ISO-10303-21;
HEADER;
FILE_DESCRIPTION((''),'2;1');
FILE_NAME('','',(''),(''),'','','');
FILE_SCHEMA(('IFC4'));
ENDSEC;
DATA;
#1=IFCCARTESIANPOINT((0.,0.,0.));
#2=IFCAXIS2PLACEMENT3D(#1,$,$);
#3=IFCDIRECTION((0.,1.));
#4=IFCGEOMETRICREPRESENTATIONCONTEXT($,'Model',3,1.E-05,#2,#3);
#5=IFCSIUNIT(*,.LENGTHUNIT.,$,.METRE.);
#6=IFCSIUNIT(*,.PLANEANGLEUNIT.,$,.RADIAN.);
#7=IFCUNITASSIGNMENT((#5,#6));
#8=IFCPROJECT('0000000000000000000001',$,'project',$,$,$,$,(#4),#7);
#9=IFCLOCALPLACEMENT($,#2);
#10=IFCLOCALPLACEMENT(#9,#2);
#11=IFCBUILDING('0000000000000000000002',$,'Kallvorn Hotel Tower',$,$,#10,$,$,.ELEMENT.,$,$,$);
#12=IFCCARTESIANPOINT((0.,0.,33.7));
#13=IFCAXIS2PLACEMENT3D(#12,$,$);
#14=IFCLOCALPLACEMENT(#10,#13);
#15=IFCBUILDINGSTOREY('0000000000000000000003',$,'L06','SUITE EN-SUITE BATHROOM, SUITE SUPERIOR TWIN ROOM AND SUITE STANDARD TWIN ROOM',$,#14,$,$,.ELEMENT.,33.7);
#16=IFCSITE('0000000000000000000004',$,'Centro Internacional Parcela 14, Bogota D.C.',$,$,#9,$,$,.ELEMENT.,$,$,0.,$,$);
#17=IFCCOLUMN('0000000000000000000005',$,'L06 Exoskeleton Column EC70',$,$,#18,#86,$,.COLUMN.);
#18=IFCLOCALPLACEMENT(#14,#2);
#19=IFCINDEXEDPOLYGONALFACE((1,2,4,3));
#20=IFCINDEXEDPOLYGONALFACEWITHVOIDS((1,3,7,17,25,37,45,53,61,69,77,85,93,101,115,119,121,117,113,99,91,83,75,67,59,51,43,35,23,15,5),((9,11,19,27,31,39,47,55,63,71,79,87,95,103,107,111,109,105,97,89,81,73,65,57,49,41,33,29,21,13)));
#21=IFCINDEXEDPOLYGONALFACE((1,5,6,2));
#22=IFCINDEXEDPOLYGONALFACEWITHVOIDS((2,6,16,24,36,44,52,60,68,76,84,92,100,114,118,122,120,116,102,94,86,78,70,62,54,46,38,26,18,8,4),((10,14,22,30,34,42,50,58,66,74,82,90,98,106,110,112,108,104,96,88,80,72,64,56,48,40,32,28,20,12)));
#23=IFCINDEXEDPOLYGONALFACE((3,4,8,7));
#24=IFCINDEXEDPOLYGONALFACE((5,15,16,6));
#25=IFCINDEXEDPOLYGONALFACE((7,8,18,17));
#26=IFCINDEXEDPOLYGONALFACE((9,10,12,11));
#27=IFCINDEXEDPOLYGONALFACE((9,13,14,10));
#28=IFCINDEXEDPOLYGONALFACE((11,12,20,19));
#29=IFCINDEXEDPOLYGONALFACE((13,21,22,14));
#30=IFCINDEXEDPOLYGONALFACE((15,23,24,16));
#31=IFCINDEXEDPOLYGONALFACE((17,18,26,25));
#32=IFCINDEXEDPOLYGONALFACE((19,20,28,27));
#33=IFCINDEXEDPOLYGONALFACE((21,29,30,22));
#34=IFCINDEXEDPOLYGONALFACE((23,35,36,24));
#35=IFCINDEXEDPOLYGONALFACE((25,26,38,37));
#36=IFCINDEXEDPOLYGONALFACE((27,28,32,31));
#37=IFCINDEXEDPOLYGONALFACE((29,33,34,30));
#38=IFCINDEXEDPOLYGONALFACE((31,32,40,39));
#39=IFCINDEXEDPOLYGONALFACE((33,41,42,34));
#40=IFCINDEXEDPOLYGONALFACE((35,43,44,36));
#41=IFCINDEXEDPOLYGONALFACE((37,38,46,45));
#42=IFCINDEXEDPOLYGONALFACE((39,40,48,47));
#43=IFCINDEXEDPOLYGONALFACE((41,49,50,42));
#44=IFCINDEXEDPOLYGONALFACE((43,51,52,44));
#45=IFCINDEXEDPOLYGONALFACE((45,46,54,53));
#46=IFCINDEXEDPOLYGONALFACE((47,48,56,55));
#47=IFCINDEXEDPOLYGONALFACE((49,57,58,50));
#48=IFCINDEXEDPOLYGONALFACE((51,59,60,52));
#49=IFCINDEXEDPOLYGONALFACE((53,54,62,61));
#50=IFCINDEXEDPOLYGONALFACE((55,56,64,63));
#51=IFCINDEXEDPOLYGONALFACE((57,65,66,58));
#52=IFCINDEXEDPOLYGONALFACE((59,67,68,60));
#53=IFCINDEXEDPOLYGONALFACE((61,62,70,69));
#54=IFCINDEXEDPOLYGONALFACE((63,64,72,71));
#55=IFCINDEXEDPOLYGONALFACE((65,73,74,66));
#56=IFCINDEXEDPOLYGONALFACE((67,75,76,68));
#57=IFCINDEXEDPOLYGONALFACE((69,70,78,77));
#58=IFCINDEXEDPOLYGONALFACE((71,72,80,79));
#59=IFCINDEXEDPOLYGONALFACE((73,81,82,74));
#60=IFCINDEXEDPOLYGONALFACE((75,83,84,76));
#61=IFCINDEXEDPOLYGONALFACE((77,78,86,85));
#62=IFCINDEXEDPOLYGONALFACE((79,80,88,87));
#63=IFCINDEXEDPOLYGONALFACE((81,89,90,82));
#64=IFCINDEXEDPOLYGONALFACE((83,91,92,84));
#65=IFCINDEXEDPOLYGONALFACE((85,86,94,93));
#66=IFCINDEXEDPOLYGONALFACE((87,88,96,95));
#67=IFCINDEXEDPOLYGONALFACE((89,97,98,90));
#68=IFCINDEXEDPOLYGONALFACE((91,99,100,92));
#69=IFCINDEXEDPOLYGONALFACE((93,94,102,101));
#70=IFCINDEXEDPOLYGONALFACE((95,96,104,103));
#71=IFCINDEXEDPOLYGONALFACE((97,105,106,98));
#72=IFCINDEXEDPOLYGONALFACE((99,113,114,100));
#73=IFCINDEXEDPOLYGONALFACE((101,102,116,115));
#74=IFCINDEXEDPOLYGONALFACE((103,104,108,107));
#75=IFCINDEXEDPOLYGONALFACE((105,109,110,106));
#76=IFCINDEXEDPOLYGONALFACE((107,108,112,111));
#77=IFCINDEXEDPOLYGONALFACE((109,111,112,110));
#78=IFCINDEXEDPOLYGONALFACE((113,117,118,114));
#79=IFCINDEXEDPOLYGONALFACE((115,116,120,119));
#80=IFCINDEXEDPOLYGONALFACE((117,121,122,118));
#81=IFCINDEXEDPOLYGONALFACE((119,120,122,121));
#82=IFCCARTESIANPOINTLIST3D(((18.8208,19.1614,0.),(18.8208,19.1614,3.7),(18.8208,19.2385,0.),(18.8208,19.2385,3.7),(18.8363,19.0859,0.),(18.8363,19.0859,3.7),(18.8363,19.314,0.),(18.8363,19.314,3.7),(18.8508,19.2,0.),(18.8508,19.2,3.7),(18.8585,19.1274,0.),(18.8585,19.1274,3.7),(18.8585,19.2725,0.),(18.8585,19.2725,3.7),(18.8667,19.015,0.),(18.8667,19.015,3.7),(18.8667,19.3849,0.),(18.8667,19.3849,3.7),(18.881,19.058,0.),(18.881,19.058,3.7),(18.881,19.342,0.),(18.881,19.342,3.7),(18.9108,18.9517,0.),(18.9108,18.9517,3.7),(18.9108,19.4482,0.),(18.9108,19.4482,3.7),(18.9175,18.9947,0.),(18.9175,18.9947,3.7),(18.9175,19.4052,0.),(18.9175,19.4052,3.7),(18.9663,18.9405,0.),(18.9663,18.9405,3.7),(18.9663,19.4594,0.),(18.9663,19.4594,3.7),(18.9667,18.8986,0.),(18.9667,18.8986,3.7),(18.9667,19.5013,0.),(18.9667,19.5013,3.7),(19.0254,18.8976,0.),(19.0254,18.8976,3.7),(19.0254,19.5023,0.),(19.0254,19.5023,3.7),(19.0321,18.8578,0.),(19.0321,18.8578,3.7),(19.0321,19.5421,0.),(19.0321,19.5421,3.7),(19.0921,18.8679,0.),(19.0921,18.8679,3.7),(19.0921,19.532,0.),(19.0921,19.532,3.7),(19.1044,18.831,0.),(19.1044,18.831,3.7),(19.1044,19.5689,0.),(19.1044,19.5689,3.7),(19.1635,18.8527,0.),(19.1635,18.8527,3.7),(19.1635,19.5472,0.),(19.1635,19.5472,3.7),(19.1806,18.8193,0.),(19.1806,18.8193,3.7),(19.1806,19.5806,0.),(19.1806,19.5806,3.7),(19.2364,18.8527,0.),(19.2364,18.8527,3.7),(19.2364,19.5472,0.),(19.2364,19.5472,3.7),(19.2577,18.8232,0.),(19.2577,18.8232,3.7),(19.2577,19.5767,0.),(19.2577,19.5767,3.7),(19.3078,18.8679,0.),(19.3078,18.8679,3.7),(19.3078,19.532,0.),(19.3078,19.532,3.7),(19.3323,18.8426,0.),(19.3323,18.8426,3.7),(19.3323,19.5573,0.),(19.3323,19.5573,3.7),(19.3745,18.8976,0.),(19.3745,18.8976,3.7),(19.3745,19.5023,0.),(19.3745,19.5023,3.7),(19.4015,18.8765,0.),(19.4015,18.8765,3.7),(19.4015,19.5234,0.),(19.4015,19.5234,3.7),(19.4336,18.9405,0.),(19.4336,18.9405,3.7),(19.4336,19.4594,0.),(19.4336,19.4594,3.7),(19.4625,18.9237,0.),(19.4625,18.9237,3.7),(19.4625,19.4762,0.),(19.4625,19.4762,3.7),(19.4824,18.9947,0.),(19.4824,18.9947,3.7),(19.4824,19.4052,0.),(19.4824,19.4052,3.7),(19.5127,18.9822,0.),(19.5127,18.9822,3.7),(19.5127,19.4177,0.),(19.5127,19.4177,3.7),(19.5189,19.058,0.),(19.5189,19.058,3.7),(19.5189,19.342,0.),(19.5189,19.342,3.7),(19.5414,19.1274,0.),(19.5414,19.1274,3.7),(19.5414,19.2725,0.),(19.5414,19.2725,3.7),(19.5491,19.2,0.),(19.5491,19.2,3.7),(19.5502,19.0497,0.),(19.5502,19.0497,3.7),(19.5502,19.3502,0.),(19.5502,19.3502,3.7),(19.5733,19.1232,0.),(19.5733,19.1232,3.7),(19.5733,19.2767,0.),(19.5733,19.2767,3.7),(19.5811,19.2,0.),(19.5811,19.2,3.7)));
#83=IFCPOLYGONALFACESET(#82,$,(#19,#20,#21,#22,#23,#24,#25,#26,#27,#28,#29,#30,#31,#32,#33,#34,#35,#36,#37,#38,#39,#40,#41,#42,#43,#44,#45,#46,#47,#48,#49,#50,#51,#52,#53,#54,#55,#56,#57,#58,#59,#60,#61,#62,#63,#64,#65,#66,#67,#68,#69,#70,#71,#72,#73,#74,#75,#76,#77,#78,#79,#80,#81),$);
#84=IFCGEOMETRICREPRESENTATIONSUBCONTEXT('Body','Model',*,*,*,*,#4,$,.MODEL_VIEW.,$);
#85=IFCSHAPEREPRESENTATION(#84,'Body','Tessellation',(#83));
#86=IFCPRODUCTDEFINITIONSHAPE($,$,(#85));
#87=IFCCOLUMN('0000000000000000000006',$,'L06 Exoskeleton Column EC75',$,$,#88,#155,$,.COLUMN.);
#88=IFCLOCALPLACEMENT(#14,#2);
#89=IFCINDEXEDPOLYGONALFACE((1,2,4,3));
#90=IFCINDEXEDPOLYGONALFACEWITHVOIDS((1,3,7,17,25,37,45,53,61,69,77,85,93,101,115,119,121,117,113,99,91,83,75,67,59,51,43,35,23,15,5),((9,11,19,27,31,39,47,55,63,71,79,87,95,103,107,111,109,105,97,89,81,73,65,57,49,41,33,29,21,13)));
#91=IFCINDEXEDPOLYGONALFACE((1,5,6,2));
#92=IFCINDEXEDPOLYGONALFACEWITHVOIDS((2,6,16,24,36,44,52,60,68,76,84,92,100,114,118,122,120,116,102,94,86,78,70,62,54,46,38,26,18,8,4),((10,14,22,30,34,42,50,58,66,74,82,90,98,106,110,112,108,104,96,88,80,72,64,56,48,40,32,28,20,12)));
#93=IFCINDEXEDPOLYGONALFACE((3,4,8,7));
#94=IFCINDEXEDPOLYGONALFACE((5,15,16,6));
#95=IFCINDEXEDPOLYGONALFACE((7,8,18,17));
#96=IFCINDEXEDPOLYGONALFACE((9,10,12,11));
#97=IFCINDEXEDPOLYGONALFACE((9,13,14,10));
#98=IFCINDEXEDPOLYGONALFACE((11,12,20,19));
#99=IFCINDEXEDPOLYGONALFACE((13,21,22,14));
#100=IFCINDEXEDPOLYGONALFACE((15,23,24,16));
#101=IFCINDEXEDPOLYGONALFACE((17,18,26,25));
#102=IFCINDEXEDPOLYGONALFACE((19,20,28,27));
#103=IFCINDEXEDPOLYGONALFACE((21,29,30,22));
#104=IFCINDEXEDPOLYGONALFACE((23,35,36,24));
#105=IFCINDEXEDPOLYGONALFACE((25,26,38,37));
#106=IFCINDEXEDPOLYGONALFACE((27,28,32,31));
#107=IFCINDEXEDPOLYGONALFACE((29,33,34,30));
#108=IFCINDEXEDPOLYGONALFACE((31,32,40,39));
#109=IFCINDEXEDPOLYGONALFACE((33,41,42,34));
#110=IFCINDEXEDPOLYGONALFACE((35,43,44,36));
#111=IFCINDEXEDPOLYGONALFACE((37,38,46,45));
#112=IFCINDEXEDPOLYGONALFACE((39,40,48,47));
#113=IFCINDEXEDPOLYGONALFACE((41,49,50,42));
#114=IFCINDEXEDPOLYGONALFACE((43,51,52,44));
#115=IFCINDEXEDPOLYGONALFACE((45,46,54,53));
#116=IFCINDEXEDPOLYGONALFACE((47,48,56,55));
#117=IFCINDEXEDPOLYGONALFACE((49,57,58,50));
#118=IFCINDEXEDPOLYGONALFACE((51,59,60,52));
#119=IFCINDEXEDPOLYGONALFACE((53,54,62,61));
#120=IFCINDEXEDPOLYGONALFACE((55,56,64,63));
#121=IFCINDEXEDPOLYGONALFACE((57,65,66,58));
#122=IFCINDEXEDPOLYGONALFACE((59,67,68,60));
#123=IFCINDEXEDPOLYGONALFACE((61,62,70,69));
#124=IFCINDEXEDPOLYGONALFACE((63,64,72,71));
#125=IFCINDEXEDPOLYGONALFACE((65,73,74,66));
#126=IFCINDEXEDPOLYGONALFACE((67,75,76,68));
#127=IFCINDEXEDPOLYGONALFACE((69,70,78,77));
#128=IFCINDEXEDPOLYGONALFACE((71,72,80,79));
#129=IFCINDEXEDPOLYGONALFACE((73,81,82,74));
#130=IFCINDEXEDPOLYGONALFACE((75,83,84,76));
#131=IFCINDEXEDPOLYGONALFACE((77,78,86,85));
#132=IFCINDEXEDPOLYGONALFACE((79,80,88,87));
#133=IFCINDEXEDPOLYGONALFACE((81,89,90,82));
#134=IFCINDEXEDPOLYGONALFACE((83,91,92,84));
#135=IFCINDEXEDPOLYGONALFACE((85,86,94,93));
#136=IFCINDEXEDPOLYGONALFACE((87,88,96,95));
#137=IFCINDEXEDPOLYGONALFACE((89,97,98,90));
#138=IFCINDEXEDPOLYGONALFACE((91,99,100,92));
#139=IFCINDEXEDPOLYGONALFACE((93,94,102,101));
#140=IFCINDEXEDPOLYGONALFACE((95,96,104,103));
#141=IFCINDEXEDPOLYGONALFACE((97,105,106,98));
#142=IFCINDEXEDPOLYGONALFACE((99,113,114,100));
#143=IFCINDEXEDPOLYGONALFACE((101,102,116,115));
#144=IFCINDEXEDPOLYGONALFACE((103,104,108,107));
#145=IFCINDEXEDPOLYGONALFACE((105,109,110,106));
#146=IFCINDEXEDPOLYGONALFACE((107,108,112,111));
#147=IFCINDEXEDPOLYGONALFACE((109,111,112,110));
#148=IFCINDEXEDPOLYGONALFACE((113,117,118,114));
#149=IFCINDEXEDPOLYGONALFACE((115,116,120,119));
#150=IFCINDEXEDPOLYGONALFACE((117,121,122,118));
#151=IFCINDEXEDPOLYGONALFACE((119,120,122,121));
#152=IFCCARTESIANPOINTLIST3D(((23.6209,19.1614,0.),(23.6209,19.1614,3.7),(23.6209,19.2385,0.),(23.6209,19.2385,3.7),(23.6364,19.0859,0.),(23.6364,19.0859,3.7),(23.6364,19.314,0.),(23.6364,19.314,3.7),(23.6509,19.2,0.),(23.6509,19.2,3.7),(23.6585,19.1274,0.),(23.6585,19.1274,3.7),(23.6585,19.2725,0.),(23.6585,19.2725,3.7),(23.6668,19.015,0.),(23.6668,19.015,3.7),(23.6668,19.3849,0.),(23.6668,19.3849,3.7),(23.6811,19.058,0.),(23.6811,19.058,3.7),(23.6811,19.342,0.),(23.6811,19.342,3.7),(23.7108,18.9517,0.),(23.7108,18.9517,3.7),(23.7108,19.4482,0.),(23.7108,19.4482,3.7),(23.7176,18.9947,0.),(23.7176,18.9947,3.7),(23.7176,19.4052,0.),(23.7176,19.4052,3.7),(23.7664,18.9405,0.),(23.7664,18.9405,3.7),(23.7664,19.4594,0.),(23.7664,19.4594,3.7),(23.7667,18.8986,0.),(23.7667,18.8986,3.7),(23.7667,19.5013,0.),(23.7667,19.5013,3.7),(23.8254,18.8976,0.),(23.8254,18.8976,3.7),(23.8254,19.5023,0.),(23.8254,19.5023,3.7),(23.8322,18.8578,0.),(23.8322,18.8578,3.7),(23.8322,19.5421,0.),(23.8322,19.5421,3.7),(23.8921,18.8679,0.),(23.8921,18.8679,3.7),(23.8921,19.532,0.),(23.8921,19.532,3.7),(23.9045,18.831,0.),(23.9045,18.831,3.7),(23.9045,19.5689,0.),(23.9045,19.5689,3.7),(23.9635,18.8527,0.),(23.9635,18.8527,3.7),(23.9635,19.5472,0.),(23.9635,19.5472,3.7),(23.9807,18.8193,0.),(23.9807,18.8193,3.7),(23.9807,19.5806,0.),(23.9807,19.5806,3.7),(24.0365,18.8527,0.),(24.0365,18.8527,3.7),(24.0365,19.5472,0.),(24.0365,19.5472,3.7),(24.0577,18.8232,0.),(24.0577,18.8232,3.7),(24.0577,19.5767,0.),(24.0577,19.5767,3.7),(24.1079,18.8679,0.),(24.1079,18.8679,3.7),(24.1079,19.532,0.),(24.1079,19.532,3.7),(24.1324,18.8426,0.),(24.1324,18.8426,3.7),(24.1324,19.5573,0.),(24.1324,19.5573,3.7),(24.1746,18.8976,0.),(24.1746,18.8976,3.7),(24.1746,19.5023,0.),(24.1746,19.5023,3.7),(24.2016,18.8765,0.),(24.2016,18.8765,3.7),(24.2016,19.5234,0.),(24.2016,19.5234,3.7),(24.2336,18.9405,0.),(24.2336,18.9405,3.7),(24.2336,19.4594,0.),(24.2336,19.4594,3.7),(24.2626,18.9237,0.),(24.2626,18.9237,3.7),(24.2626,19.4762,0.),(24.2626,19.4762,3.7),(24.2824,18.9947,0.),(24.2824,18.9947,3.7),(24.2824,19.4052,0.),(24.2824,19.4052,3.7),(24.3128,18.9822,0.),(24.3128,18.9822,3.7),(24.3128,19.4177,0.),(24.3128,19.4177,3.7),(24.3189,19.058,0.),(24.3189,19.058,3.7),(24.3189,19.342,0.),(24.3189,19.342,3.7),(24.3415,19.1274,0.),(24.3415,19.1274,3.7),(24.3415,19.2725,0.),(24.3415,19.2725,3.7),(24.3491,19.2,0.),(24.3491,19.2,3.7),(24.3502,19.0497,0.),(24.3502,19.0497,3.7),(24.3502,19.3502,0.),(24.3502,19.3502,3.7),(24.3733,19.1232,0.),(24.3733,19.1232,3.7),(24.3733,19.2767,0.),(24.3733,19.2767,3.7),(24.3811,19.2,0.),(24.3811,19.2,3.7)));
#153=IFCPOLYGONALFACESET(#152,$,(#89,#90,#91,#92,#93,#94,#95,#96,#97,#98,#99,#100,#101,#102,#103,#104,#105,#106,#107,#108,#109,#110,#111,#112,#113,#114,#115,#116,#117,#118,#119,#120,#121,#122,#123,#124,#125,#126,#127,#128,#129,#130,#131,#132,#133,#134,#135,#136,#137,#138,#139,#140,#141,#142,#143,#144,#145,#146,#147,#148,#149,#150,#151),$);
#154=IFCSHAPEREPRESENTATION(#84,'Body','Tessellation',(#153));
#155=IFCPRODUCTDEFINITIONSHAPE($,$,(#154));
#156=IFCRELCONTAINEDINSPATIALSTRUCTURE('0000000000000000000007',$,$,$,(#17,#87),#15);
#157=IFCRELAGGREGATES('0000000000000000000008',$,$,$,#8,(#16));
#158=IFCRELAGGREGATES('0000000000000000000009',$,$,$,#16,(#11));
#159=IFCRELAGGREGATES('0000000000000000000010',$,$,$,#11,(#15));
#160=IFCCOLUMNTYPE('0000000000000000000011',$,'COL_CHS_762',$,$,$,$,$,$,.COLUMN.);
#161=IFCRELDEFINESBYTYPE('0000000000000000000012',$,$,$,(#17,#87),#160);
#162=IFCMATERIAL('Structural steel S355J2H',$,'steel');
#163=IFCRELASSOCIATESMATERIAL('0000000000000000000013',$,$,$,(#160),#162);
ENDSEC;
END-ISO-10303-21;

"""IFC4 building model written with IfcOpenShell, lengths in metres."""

from ifc_helpers import new_model, si_unit, direction, frame, origin, origin_2d, place, context, subcontext, project, spatial, hollow_circle, extrude, material, material_profile, profile_set, type_object, element, save


model = new_model("IFC4")

# Units and contexts
model_context = context("Model", 3, precision=1e-05, world=origin(), true_north=direction((0.0, 1.0)))
body_context = subcontext(model_context, "Body", "Model", "MODEL_VIEW")
ifc_project = project(units=[si_unit("LENGTHUNIT", "METRE"), si_unit("PLANEANGLEUNIT", "RADIAN")], contexts=[model_context])

# Site, building, storey
site_placement = place(None, origin())
site = spatial("IfcSite", under=ifc_project, at=site_placement, Name="Centro Internacional Parcela 14, Bogota D.C.", CompositionType="ELEMENT", RefElevation=0.0)
building_placement = place(site_placement, origin())
building = spatial("IfcBuilding", under=site, at=building_placement, Name="Kallvorn Hotel Tower", CompositionType="ELEMENT")
storey_placement = place(building_placement, frame((0.0, 0.0, 33.7)))
storey = spatial("IfcBuildingStorey", under=building, at=storey_placement, Name="L06", Description="SUITE EN-SUITE BATHROOM, SUITE SUPERIOR TWIN ROOM AND SUITE STANDARD TWIN ROOM", CompositionType="ELEMENT", Elevation=33.7)

# Columns
ifc_material_1 = material(Name="Structural steel S355J2H", Category="steel")
ifc_material_profile_1 = material_profile(ifc_material_1, hollow_circle(Radius=0.3811, WallThickness=0.032, at=origin_2d()), Name="CHS 762x32")
ifc_profile_set_1 = profile_set([ifc_material_profile_1], Name="Structural steel S355J2H")
column_type_1 = type_object("IfcColumnType", Name="COL_CHS_762", PredefinedType="COLUMN", material=ifc_profile_set_1)
for number, where, z_axis, x_axis, name in (
    (1, (19.2, 19.2, 0.0), (0.0, 0.0, 1.0), (1.0, 0.0, 0.0), "L06 Exoskeleton Column EC70"),
    (2, (24.0, 19.2, 0.0), (0.0, 0.0, 1.0), (1.0, 0.0, 0.0), "L06 Exoskeleton Column EC75"),
):
    element("IfcColumn", number, at=place(storey_placement, frame(where, z_axis=z_axis, x_axis=x_axis)), inside=storey, type_object=column_type_1, Name=name, PredefinedType="COLUMN", context=body_context, shape_type="SweptSolid", body=[
        extrude(hollow_circle(Radius=0.3811, WallThickness=0.032, at=origin_2d()), origin(), (0.0, 0.0, 1.0), 3.7),
    ])

save(model, "model.ifc")
